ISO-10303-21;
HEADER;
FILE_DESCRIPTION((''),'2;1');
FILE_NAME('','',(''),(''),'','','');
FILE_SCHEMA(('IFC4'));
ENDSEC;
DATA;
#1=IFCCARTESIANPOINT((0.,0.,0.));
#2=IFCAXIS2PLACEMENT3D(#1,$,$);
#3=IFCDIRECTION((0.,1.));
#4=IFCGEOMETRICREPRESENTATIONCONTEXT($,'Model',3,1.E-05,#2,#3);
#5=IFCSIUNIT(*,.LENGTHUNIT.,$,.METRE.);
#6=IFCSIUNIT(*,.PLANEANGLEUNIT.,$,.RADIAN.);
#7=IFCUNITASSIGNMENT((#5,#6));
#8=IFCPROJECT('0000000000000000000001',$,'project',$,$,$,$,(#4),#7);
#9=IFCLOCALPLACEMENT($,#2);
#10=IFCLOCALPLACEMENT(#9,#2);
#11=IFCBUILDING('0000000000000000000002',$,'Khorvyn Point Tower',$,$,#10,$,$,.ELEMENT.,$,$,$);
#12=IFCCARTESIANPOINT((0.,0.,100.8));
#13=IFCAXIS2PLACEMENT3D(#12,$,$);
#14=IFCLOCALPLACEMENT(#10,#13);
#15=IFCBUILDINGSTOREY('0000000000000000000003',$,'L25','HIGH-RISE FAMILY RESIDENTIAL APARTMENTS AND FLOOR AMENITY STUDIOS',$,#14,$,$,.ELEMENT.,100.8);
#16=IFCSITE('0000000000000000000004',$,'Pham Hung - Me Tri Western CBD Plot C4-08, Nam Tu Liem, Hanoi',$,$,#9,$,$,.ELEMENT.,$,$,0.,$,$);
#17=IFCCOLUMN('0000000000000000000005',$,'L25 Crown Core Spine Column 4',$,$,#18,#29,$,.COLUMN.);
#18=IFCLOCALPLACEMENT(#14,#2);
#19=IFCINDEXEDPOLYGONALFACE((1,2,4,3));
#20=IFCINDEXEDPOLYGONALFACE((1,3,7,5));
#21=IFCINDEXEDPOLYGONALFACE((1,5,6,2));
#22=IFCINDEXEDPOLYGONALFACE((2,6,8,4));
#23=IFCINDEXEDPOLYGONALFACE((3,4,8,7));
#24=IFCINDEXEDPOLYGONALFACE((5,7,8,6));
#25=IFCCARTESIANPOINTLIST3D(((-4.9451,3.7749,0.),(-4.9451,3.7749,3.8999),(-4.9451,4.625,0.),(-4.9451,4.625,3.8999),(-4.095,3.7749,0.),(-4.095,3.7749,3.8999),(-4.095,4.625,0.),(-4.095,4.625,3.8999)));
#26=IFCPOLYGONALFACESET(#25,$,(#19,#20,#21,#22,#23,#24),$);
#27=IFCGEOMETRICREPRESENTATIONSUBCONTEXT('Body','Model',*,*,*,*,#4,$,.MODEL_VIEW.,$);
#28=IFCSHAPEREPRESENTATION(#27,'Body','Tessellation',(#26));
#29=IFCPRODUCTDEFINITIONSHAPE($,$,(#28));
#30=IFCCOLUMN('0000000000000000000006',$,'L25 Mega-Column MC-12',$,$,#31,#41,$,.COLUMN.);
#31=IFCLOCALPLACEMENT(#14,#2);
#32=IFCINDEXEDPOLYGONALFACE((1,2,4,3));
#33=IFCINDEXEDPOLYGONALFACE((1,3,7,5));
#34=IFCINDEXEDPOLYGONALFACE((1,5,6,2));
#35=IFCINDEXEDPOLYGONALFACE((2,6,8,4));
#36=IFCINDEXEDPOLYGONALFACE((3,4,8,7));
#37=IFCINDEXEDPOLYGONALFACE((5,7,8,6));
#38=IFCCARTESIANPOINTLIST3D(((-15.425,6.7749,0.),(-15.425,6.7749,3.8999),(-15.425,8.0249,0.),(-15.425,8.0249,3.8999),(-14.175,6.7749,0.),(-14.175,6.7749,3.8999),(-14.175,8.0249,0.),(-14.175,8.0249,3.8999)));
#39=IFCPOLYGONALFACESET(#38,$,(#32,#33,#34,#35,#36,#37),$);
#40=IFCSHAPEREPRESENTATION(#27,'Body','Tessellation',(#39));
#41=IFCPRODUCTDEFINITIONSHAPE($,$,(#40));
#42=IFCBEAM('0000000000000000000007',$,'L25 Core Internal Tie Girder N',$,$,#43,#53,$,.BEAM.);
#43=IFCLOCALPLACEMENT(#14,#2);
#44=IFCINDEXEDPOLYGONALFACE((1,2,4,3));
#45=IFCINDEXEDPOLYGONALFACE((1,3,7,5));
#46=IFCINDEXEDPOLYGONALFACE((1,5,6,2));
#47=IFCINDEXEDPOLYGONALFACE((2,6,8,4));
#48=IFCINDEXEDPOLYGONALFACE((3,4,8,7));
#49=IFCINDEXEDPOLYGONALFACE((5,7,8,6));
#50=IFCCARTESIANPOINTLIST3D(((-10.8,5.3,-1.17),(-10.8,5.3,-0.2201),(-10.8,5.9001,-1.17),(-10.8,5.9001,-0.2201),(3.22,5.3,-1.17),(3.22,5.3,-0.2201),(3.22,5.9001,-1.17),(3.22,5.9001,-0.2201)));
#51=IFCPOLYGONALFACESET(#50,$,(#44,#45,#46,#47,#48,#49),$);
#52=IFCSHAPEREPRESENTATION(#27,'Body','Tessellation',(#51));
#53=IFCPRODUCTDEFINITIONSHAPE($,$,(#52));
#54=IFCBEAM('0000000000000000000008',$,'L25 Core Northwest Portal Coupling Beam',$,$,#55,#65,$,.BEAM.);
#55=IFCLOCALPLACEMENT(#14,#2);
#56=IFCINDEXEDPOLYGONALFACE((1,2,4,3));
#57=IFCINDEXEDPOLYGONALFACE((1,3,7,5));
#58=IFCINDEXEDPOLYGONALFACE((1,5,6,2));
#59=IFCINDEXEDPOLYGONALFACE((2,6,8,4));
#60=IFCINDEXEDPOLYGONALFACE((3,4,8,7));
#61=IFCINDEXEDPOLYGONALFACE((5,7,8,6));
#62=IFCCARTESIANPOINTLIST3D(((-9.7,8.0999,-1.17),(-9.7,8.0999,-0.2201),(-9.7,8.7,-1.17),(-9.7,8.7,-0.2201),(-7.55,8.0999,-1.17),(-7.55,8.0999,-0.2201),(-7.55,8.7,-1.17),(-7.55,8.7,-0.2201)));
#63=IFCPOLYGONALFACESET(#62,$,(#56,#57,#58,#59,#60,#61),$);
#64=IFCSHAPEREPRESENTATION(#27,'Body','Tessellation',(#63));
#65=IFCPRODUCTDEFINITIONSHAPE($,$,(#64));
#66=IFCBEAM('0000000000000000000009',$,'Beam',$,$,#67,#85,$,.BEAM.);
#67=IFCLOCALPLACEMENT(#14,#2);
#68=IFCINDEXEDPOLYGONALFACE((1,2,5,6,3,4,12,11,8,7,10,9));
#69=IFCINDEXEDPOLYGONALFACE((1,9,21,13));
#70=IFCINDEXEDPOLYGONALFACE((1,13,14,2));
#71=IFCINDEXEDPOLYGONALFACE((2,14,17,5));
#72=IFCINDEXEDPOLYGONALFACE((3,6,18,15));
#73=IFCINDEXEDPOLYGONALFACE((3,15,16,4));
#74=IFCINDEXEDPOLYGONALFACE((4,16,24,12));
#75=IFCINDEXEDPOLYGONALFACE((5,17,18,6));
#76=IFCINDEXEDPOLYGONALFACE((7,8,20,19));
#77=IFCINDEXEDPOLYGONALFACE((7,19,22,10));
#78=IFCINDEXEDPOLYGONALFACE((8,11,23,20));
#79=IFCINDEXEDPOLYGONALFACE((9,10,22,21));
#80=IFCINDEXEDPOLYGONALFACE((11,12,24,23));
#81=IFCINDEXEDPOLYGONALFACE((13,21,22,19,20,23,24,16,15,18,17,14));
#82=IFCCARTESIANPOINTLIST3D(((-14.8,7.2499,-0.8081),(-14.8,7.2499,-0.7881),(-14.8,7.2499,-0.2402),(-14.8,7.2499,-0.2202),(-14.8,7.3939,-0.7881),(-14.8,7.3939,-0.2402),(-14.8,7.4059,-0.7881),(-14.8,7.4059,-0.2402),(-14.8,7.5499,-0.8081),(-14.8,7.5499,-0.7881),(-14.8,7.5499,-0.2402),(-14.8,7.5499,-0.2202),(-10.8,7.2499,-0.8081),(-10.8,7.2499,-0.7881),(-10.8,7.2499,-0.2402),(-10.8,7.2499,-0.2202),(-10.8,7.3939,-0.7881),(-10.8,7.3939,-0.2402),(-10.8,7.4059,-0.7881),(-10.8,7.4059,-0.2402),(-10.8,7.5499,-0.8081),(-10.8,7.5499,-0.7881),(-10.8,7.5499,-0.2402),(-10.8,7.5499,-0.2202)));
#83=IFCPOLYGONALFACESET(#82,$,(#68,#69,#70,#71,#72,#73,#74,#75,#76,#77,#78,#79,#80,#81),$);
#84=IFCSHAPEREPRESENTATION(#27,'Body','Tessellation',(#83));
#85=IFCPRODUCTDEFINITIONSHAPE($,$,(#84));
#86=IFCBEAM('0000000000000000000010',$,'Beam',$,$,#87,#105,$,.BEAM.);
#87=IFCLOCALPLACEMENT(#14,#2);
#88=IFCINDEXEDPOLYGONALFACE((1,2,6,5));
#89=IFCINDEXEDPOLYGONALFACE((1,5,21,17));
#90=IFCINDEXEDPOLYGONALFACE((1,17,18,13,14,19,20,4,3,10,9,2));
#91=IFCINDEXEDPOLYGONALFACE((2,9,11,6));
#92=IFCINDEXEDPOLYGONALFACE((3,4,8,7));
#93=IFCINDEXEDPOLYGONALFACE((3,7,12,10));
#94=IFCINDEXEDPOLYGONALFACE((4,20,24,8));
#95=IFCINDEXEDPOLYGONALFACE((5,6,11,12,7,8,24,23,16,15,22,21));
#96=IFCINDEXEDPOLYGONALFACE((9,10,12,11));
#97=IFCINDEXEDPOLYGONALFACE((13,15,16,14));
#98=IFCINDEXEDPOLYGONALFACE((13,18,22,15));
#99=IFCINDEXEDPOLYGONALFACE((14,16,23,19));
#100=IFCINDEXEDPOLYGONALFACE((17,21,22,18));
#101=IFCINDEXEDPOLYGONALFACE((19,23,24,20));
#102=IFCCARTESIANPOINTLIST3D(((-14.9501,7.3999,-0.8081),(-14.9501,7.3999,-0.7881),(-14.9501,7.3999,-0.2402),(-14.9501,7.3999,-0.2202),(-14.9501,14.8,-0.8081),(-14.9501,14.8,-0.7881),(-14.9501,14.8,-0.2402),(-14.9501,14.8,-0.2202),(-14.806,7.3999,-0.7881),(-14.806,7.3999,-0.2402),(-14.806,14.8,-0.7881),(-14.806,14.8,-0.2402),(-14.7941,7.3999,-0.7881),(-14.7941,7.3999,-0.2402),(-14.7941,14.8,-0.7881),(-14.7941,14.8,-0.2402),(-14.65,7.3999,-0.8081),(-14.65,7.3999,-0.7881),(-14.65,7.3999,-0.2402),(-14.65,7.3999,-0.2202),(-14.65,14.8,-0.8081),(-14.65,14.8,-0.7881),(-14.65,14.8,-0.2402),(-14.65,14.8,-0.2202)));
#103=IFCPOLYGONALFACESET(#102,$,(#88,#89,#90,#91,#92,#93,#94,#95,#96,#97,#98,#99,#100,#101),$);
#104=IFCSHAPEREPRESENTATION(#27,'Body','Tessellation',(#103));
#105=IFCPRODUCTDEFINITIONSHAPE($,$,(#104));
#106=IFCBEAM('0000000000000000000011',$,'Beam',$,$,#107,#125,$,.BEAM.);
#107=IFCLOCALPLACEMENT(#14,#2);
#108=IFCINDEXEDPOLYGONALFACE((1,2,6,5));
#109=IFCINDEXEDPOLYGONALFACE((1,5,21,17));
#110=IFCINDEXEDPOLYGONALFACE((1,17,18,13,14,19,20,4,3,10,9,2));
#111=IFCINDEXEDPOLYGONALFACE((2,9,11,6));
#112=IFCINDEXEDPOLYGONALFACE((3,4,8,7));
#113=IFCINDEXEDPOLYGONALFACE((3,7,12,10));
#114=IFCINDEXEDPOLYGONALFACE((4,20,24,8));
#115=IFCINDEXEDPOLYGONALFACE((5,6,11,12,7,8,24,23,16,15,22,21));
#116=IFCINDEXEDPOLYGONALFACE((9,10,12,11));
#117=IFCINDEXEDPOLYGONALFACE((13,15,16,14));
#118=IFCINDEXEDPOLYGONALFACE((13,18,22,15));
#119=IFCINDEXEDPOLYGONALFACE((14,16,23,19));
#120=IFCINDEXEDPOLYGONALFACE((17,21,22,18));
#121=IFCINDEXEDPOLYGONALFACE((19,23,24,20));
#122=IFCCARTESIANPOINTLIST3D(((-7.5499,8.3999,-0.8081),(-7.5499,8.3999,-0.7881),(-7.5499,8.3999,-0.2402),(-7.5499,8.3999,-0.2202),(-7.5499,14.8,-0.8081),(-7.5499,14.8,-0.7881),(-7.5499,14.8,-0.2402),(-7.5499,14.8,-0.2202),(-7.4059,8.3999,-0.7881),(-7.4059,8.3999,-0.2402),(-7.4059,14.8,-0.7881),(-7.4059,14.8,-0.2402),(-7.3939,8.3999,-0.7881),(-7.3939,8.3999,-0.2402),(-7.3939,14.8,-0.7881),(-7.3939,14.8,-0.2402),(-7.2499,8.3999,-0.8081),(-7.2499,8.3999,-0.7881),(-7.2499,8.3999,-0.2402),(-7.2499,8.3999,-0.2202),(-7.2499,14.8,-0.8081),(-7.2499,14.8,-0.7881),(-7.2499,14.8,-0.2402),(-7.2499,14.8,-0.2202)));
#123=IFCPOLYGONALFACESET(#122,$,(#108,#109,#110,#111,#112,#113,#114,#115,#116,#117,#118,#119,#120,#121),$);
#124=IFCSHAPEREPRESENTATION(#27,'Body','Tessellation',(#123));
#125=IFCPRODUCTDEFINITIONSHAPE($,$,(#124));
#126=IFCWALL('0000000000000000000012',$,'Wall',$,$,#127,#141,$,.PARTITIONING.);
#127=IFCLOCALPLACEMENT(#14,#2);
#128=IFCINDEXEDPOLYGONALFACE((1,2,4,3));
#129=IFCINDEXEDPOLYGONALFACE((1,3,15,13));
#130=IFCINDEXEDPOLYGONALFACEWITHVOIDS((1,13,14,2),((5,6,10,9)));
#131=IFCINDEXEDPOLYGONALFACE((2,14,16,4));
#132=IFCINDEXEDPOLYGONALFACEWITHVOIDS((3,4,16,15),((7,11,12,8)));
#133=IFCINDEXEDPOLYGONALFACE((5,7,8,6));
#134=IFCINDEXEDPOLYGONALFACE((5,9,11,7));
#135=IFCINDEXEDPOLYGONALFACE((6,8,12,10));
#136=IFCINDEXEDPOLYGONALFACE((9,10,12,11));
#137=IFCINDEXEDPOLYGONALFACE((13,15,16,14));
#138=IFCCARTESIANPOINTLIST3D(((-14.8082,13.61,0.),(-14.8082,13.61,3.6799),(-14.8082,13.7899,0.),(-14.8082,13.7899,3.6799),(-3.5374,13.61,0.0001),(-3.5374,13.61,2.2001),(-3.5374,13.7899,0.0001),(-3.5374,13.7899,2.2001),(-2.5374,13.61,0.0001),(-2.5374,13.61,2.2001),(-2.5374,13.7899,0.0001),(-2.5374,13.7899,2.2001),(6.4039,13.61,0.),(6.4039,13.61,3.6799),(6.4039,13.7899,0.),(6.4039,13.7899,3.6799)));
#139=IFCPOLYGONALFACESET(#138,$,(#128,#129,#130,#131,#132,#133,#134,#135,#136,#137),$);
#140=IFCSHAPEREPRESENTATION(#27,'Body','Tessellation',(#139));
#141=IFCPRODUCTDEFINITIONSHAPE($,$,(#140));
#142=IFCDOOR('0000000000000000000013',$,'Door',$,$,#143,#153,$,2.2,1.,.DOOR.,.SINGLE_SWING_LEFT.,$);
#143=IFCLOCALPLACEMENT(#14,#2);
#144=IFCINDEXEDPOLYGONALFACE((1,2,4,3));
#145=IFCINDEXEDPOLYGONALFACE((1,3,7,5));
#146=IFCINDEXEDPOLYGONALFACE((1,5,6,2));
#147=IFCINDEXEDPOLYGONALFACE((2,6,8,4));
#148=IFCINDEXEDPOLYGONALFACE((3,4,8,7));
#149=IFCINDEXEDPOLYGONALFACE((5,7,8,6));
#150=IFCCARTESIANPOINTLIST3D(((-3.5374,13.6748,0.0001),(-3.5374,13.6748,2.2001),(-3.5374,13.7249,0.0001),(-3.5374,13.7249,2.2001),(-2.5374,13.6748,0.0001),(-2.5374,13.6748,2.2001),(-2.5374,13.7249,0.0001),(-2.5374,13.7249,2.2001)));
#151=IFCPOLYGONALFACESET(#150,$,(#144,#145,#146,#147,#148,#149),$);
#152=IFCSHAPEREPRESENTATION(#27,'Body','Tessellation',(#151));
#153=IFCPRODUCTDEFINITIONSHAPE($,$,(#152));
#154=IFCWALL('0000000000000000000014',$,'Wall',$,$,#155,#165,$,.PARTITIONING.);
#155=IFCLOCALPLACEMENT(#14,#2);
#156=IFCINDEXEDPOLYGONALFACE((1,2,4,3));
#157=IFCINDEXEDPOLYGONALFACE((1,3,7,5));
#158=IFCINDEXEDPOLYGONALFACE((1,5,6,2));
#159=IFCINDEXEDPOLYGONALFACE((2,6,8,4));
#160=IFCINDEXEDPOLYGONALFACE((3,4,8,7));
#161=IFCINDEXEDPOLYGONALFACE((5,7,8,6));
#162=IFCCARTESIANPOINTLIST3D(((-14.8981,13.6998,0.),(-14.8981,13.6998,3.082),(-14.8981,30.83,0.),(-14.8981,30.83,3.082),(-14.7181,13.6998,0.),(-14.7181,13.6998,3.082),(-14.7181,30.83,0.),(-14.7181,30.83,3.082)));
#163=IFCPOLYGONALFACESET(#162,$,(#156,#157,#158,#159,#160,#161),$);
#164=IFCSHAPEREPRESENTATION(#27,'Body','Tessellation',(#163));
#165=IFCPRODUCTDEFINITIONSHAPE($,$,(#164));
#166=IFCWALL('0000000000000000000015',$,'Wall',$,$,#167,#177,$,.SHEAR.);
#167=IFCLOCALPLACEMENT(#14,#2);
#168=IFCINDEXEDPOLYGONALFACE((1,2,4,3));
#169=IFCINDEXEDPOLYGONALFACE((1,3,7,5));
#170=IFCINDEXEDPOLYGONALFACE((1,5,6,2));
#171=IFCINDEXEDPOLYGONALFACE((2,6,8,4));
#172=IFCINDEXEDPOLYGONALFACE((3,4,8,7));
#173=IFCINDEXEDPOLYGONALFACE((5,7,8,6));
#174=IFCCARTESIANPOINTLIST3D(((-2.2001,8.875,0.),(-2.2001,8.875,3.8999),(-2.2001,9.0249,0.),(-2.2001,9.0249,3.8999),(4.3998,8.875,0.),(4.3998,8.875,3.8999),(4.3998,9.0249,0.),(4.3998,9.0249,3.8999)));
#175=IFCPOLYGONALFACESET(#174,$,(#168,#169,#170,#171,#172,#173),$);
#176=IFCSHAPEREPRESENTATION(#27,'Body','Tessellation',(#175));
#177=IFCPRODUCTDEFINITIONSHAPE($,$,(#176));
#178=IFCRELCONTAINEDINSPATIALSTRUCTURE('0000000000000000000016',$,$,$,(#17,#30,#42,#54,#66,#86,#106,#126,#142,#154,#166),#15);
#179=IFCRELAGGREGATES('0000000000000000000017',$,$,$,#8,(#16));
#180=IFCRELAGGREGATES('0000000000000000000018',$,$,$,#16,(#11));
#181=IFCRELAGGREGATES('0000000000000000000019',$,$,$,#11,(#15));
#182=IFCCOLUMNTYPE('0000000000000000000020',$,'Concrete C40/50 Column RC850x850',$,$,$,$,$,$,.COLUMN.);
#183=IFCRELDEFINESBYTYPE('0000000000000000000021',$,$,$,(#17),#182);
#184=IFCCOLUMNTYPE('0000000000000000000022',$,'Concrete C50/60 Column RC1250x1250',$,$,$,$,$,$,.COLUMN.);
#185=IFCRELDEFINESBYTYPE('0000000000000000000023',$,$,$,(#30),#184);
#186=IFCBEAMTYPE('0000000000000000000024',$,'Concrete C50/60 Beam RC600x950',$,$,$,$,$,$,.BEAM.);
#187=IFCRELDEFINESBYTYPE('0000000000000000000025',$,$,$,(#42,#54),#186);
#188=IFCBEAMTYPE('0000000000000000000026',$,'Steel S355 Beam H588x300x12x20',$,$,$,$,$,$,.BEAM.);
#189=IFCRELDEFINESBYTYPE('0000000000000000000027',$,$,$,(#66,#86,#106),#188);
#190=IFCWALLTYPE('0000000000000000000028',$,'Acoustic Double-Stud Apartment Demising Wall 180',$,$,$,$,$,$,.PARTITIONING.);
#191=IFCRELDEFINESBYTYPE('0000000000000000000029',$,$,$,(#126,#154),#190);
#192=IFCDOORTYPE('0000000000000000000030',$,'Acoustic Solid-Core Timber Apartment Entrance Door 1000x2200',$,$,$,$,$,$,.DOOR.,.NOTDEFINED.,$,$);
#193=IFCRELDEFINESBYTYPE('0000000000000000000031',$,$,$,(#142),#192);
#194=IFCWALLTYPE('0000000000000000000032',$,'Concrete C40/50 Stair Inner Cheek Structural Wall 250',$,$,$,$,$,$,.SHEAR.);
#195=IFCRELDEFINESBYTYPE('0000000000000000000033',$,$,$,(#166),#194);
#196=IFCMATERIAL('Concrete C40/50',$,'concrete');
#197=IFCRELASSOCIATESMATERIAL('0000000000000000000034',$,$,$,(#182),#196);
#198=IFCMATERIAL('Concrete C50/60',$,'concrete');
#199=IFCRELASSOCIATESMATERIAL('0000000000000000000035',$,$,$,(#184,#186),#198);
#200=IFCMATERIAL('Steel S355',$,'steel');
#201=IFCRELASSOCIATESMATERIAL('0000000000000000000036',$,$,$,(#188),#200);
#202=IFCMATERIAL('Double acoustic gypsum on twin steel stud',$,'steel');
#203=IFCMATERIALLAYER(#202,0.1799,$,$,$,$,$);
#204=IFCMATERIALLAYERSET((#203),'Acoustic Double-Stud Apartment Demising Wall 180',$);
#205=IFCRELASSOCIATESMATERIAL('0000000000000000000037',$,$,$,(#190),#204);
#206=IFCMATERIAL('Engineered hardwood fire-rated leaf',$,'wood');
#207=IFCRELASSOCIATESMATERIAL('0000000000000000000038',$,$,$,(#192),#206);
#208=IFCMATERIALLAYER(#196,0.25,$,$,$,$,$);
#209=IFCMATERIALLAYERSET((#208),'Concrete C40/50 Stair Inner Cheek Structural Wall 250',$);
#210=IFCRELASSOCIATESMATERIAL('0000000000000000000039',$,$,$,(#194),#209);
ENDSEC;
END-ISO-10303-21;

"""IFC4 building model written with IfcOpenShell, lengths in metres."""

from ifc_helpers import new_model, si_unit, direction, frame, frame_2d, origin, origin_2d, place, context, subcontext, project, spatial, rectangle, i_section, extrude, material, layer, layer_set, material_profile, profile_set, type_object, element, fill, save


model = new_model("IFC4")

# Units and contexts
model_context = context("Model", 3, precision=1e-05, world=origin(), true_north=direction((0.0, 1.0)))
body_context = subcontext(model_context, "Body", "Model", "MODEL_VIEW")
ifc_project = project(units=[si_unit("LENGTHUNIT", "METRE"), si_unit("PLANEANGLEUNIT", "RADIAN")], contexts=[model_context])

# Site, building, storey
site_placement = place(None, origin())
site = spatial("IfcSite", under=ifc_project, at=site_placement, Name="Pham Hung - Me Tri Western CBD Plot C4-08, Nam Tu Liem, Hanoi", CompositionType="ELEMENT", RefElevation=0.0)
building_placement = place(site_placement, origin())
building = spatial("IfcBuilding", under=site, at=building_placement, Name="Khorvyn Point Tower", CompositionType="ELEMENT")
storey_placement = place(building_placement, frame((0.0, 0.0, 100.8)))
storey = spatial("IfcBuildingStorey", under=building, at=storey_placement, Name="L25", Description="HIGH-RISE FAMILY RESIDENTIAL APARTMENTS AND FLOOR AMENITY STUDIOS", CompositionType="ELEMENT", Elevation=100.8)

# Columns
ifc_material_1 = material(Name="Concrete C40/50", Category="concrete")
ifc_material_profile_1 = material_profile(ifc_material_1, rectangle(XDim=0.8501, YDim=0.8501, at=origin_2d()))
ifc_profile_set_1 = profile_set([ifc_material_profile_1], Name="Concrete C40/50 RC850x850")
column_type_1 = type_object("IfcColumnType", Name="Concrete C40/50 Column RC850x850", PredefinedType="COLUMN", material=ifc_profile_set_1)
column_1_placement = place(storey_placement, frame((-4.52, 4.2, 0.0), z_axis=(0.0, 0.0, 1.0), x_axis=(1.0, 0.0, 0.0)))
element("IfcColumn", 1, at=column_1_placement, inside=storey, type_object=column_type_1, Name="L25 Crown Core Spine Column 4", PredefinedType="COLUMN", context=body_context, shape_type="SweptSolid", body=[
    extrude(rectangle(XDim=0.8501, YDim=0.8501, at=origin_2d()), origin(), (0.0, 0.0, 1.0), 3.8999),
])
ifc_material_2 = material(Name="Concrete C50/60", Category="concrete")
ifc_material_profile_2 = material_profile(ifc_material_2, rectangle(XDim=1.25, YDim=1.25, at=origin_2d()))
ifc_profile_set_2 = profile_set([ifc_material_profile_2], Name="Concrete C50/60 RC1250x1250")
column_type_2 = type_object("IfcColumnType", Name="Concrete C50/60 Column RC1250x1250", PredefinedType="COLUMN", material=ifc_profile_set_2)
column_2_placement = place(storey_placement, frame((-14.8, 7.3999, 0.0), z_axis=(0.0, 0.0, 1.0), x_axis=(1.0, 0.0, 0.0)))
element("IfcColumn", 2, at=column_2_placement, inside=storey, type_object=column_type_2, Name="L25 Mega-Column MC-12", PredefinedType="COLUMN", context=body_context, shape_type="SweptSolid", body=[
    extrude(rectangle(XDim=1.25, YDim=1.25, at=origin_2d()), origin(), (0.0, 0.0, 1.0), 3.8999),
])

# Beams
ifc_material_profile_3 = material_profile(ifc_material_2, rectangle(XDim=0.6001, YDim=0.95, at=origin_2d()))
ifc_profile_set_3 = profile_set([ifc_material_profile_3], Name="Concrete C50/60 RC600x950")
beam_type_1 = type_object("IfcBeamType", Name="Concrete C50/60 Beam RC600x950", PredefinedType="BEAM", material=ifc_profile_set_3)
beam_1_placement = place(storey_placement, frame((-10.8, 5.6001, -0.6951), z_axis=(1.0, 0.0, 0.0), x_axis=(0.0, 1.0, 0.0)))
element("IfcBeam", 3, at=beam_1_placement, inside=storey, type_object=beam_type_1, Name="L25 Core Internal Tie Girder N", PredefinedType="BEAM", context=body_context, shape_type="SweptSolid", body=[
    extrude(rectangle(XDim=0.6001, YDim=0.95, at=origin_2d()), origin(), (0.0, 0.0, 1.0), 14.02),
])
beam_2_placement = place(storey_placement, frame((-9.7, 8.3999, -0.6951), z_axis=(1.0, 0.0, 0.0), x_axis=(0.0, 1.0, 0.0)))
element("IfcBeam", 4, at=beam_2_placement, inside=storey, type_object=beam_type_1, Name="L25 Core Northwest Portal Coupling Beam", PredefinedType="BEAM", context=body_context, shape_type="SweptSolid", body=[
    extrude(rectangle(XDim=0.6001, YDim=0.95, at=origin_2d()), origin(), (0.0, 0.0, 1.0), 2.1499),
])
ifc_material_3 = material(Name="Steel S355", Category="steel")
ifc_material_profile_4 = material_profile(ifc_material_3, i_section(OverallWidth=0.3, OverallDepth=0.5879, WebThickness=0.012, FlangeThickness=0.02, at=origin_2d()))
ifc_profile_set_4 = profile_set([ifc_material_profile_4], Name="Steel S355 H588x300x12x20")
beam_type_2 = type_object("IfcBeamType", Name="Steel S355 Beam H588x300x12x20", PredefinedType="BEAM", material=ifc_profile_set_4)
beam_3_placement = place(storey_placement, frame((-14.8, 7.3999, -0.5142), z_axis=(1.0, 0.0, 0.0), x_axis=(0.0, 1.0, 0.0)))
element("IfcBeam", 5, at=beam_3_placement, inside=storey, type_object=beam_type_2, Name="Beam", PredefinedType="BEAM", context=body_context, shape_type="SweptSolid", body=[
    extrude(i_section(OverallWidth=0.3, OverallDepth=0.5879, WebThickness=0.012, FlangeThickness=0.02, at=origin_2d()), origin(), (0.0, 0.0, 1.0), 4.0),
])
beam_4_placement = place(storey_placement, frame((-14.8, 7.3999, -0.5142), z_axis=(0.0, 1.0, 0.0), x_axis=(-1.0, 0.0, 0.0)))
element("IfcBeam", 6, at=beam_4_placement, inside=storey, type_object=beam_type_2, Name="Beam", PredefinedType="BEAM", context=body_context, shape_type="SweptSolid", body=[
    extrude(i_section(OverallWidth=0.3, OverallDepth=0.5879, WebThickness=0.012, FlangeThickness=0.02, at=origin_2d()), origin(), (0.0, 0.0, 1.0), 7.4001),
])
beam_5_placement = place(storey_placement, frame((-7.3999, 8.3999, -0.5142), z_axis=(0.0, 1.0, 0.0), x_axis=(-1.0, 0.0, 0.0)))
element("IfcBeam", 7, at=beam_5_placement, inside=storey, type_object=beam_type_2, Name="Beam", PredefinedType="BEAM", context=body_context, shape_type="SweptSolid", body=[
    extrude(i_section(OverallWidth=0.3, OverallDepth=0.5879, WebThickness=0.012, FlangeThickness=0.02, at=origin_2d()), origin(), (0.0, 0.0, 1.0), 6.4001),
])

# Wall, opening, door
ifc_material_4 = material(Name="Double acoustic gypsum on twin steel stud", Category="steel")
ifc_layer_1 = layer(ifc_material_4, 0.1799)
ifc_layer_set_1 = layer_set([ifc_layer_1], Name="Acoustic Double-Stud Apartment Demising Wall 180")
wall_type_1 = type_object("IfcWallType", Name="Acoustic Double-Stud Apartment Demising Wall 180", PredefinedType="PARTITIONING", material=ifc_layer_set_1)
wall_1_placement = place(storey_placement, frame((-14.8081, 13.7, 0.0), z_axis=(0.0, 0.0, 1.0), x_axis=(1.0, 0.0, 0.0)))
wall_1 = element("IfcWall", 8, at=wall_1_placement, inside=storey, type_object=wall_type_1, Name="Wall", PredefinedType="PARTITIONING", context=body_context, shape_type="SweptSolid", body=[
    extrude(rectangle(XDim=21.2122, YDim=0.1799, at=frame_2d((10.606, 0.0))), origin(), (0.0, 0.0, 1.0), 3.6799),
])
opening_1_placement = place(wall_1_placement, frame((11.2708, 0.0, 0.0)))
opening_1 = element("IfcOpeningElement", 9, at=opening_1_placement, cuts=wall_1, PredefinedType="OPENING", context=body_context, shape_type="SweptSolid", body=[
    extrude(rectangle(XDim=1.0, YDim=2.2, at=frame_2d((0.5, 1.1001))), frame((0.0, 0.0999, 0.0), z_axis=(0.0, -1.0, 0.0), x_axis=(1.0, 0.0, 0.0)), (0.0, 0.0, 1.0), 0.2),
])
ifc_material_5 = material(Name="Engineered hardwood fire-rated leaf", Category="wood")
door_type_1 = type_object("IfcDoorType", Name="Acoustic Solid-Core Timber Apartment Entrance Door 1000x2200", OperationType="NOTDEFINED", PredefinedType="DOOR", material=ifc_material_5)
door_1_placement = place(opening_1_placement, origin())
door_1 = element("IfcDoor", 10, at=door_1_placement, inside=storey, type_object=door_type_1, Name="Door", OperationType="SINGLE_SWING_LEFT", OverallHeight=2.2, OverallWidth=1.0, PredefinedType="DOOR", context=body_context, shape_type="SweptSolid", body=[
    extrude(rectangle(XDim=1.0, YDim=2.2, at=frame_2d((0.5, 1.1001))), frame((0.0, 0.0249, 0.0), z_axis=(0.0, -1.0, 0.0), x_axis=(1.0, 0.0, 0.0)), (0.0, 0.0, 1.0), 0.05),
])
fill(opening_1, door_1)

# Wall
wall_2_placement = place(storey_placement, frame((-14.8081, 13.7, 0.0), z_axis=(0.0, 0.0, 1.0), x_axis=(0.0, 1.0, 0.0)))
element("IfcWall", 11, at=wall_2_placement, inside=storey, type_object=wall_type_1, Name="Wall", PredefinedType="PARTITIONING", context=body_context, shape_type="SweptSolid", body=[
    extrude(rectangle(XDim=17.1301, YDim=0.1799, at=frame_2d((8.5649, 0.0))), origin(), (0.0, 0.0, 1.0), 3.082),
])

# Wall
ifc_layer_2 = layer(ifc_material_1, 0.25)
ifc_layer_set_2 = layer_set([ifc_layer_2], Name="Concrete C40/50 Stair Inner Cheek Structural Wall 250")
wall_type_2 = type_object("IfcWallType", Name="Concrete C40/50 Stair Inner Cheek Structural Wall 250", PredefinedType="SHEAR", material=ifc_layer_set_2)
wall_3_placement = place(storey_placement, frame((-2.2, 8.95, 0.0), z_axis=(0.0, 0.0, 1.0), x_axis=(1.0, 0.0, 0.0)))
element("IfcWall", 12, at=wall_3_placement, inside=storey, type_object=wall_type_2, Name="Wall", PredefinedType="SHEAR", context=body_context, shape_type="SweptSolid", body=[
    extrude(rectangle(XDim=6.5999, YDim=0.1499, at=frame_2d((3.2998, 0.0))), origin(), (0.0, 0.0, 1.0), 3.8999),
])

save(model, "model.ifc")
